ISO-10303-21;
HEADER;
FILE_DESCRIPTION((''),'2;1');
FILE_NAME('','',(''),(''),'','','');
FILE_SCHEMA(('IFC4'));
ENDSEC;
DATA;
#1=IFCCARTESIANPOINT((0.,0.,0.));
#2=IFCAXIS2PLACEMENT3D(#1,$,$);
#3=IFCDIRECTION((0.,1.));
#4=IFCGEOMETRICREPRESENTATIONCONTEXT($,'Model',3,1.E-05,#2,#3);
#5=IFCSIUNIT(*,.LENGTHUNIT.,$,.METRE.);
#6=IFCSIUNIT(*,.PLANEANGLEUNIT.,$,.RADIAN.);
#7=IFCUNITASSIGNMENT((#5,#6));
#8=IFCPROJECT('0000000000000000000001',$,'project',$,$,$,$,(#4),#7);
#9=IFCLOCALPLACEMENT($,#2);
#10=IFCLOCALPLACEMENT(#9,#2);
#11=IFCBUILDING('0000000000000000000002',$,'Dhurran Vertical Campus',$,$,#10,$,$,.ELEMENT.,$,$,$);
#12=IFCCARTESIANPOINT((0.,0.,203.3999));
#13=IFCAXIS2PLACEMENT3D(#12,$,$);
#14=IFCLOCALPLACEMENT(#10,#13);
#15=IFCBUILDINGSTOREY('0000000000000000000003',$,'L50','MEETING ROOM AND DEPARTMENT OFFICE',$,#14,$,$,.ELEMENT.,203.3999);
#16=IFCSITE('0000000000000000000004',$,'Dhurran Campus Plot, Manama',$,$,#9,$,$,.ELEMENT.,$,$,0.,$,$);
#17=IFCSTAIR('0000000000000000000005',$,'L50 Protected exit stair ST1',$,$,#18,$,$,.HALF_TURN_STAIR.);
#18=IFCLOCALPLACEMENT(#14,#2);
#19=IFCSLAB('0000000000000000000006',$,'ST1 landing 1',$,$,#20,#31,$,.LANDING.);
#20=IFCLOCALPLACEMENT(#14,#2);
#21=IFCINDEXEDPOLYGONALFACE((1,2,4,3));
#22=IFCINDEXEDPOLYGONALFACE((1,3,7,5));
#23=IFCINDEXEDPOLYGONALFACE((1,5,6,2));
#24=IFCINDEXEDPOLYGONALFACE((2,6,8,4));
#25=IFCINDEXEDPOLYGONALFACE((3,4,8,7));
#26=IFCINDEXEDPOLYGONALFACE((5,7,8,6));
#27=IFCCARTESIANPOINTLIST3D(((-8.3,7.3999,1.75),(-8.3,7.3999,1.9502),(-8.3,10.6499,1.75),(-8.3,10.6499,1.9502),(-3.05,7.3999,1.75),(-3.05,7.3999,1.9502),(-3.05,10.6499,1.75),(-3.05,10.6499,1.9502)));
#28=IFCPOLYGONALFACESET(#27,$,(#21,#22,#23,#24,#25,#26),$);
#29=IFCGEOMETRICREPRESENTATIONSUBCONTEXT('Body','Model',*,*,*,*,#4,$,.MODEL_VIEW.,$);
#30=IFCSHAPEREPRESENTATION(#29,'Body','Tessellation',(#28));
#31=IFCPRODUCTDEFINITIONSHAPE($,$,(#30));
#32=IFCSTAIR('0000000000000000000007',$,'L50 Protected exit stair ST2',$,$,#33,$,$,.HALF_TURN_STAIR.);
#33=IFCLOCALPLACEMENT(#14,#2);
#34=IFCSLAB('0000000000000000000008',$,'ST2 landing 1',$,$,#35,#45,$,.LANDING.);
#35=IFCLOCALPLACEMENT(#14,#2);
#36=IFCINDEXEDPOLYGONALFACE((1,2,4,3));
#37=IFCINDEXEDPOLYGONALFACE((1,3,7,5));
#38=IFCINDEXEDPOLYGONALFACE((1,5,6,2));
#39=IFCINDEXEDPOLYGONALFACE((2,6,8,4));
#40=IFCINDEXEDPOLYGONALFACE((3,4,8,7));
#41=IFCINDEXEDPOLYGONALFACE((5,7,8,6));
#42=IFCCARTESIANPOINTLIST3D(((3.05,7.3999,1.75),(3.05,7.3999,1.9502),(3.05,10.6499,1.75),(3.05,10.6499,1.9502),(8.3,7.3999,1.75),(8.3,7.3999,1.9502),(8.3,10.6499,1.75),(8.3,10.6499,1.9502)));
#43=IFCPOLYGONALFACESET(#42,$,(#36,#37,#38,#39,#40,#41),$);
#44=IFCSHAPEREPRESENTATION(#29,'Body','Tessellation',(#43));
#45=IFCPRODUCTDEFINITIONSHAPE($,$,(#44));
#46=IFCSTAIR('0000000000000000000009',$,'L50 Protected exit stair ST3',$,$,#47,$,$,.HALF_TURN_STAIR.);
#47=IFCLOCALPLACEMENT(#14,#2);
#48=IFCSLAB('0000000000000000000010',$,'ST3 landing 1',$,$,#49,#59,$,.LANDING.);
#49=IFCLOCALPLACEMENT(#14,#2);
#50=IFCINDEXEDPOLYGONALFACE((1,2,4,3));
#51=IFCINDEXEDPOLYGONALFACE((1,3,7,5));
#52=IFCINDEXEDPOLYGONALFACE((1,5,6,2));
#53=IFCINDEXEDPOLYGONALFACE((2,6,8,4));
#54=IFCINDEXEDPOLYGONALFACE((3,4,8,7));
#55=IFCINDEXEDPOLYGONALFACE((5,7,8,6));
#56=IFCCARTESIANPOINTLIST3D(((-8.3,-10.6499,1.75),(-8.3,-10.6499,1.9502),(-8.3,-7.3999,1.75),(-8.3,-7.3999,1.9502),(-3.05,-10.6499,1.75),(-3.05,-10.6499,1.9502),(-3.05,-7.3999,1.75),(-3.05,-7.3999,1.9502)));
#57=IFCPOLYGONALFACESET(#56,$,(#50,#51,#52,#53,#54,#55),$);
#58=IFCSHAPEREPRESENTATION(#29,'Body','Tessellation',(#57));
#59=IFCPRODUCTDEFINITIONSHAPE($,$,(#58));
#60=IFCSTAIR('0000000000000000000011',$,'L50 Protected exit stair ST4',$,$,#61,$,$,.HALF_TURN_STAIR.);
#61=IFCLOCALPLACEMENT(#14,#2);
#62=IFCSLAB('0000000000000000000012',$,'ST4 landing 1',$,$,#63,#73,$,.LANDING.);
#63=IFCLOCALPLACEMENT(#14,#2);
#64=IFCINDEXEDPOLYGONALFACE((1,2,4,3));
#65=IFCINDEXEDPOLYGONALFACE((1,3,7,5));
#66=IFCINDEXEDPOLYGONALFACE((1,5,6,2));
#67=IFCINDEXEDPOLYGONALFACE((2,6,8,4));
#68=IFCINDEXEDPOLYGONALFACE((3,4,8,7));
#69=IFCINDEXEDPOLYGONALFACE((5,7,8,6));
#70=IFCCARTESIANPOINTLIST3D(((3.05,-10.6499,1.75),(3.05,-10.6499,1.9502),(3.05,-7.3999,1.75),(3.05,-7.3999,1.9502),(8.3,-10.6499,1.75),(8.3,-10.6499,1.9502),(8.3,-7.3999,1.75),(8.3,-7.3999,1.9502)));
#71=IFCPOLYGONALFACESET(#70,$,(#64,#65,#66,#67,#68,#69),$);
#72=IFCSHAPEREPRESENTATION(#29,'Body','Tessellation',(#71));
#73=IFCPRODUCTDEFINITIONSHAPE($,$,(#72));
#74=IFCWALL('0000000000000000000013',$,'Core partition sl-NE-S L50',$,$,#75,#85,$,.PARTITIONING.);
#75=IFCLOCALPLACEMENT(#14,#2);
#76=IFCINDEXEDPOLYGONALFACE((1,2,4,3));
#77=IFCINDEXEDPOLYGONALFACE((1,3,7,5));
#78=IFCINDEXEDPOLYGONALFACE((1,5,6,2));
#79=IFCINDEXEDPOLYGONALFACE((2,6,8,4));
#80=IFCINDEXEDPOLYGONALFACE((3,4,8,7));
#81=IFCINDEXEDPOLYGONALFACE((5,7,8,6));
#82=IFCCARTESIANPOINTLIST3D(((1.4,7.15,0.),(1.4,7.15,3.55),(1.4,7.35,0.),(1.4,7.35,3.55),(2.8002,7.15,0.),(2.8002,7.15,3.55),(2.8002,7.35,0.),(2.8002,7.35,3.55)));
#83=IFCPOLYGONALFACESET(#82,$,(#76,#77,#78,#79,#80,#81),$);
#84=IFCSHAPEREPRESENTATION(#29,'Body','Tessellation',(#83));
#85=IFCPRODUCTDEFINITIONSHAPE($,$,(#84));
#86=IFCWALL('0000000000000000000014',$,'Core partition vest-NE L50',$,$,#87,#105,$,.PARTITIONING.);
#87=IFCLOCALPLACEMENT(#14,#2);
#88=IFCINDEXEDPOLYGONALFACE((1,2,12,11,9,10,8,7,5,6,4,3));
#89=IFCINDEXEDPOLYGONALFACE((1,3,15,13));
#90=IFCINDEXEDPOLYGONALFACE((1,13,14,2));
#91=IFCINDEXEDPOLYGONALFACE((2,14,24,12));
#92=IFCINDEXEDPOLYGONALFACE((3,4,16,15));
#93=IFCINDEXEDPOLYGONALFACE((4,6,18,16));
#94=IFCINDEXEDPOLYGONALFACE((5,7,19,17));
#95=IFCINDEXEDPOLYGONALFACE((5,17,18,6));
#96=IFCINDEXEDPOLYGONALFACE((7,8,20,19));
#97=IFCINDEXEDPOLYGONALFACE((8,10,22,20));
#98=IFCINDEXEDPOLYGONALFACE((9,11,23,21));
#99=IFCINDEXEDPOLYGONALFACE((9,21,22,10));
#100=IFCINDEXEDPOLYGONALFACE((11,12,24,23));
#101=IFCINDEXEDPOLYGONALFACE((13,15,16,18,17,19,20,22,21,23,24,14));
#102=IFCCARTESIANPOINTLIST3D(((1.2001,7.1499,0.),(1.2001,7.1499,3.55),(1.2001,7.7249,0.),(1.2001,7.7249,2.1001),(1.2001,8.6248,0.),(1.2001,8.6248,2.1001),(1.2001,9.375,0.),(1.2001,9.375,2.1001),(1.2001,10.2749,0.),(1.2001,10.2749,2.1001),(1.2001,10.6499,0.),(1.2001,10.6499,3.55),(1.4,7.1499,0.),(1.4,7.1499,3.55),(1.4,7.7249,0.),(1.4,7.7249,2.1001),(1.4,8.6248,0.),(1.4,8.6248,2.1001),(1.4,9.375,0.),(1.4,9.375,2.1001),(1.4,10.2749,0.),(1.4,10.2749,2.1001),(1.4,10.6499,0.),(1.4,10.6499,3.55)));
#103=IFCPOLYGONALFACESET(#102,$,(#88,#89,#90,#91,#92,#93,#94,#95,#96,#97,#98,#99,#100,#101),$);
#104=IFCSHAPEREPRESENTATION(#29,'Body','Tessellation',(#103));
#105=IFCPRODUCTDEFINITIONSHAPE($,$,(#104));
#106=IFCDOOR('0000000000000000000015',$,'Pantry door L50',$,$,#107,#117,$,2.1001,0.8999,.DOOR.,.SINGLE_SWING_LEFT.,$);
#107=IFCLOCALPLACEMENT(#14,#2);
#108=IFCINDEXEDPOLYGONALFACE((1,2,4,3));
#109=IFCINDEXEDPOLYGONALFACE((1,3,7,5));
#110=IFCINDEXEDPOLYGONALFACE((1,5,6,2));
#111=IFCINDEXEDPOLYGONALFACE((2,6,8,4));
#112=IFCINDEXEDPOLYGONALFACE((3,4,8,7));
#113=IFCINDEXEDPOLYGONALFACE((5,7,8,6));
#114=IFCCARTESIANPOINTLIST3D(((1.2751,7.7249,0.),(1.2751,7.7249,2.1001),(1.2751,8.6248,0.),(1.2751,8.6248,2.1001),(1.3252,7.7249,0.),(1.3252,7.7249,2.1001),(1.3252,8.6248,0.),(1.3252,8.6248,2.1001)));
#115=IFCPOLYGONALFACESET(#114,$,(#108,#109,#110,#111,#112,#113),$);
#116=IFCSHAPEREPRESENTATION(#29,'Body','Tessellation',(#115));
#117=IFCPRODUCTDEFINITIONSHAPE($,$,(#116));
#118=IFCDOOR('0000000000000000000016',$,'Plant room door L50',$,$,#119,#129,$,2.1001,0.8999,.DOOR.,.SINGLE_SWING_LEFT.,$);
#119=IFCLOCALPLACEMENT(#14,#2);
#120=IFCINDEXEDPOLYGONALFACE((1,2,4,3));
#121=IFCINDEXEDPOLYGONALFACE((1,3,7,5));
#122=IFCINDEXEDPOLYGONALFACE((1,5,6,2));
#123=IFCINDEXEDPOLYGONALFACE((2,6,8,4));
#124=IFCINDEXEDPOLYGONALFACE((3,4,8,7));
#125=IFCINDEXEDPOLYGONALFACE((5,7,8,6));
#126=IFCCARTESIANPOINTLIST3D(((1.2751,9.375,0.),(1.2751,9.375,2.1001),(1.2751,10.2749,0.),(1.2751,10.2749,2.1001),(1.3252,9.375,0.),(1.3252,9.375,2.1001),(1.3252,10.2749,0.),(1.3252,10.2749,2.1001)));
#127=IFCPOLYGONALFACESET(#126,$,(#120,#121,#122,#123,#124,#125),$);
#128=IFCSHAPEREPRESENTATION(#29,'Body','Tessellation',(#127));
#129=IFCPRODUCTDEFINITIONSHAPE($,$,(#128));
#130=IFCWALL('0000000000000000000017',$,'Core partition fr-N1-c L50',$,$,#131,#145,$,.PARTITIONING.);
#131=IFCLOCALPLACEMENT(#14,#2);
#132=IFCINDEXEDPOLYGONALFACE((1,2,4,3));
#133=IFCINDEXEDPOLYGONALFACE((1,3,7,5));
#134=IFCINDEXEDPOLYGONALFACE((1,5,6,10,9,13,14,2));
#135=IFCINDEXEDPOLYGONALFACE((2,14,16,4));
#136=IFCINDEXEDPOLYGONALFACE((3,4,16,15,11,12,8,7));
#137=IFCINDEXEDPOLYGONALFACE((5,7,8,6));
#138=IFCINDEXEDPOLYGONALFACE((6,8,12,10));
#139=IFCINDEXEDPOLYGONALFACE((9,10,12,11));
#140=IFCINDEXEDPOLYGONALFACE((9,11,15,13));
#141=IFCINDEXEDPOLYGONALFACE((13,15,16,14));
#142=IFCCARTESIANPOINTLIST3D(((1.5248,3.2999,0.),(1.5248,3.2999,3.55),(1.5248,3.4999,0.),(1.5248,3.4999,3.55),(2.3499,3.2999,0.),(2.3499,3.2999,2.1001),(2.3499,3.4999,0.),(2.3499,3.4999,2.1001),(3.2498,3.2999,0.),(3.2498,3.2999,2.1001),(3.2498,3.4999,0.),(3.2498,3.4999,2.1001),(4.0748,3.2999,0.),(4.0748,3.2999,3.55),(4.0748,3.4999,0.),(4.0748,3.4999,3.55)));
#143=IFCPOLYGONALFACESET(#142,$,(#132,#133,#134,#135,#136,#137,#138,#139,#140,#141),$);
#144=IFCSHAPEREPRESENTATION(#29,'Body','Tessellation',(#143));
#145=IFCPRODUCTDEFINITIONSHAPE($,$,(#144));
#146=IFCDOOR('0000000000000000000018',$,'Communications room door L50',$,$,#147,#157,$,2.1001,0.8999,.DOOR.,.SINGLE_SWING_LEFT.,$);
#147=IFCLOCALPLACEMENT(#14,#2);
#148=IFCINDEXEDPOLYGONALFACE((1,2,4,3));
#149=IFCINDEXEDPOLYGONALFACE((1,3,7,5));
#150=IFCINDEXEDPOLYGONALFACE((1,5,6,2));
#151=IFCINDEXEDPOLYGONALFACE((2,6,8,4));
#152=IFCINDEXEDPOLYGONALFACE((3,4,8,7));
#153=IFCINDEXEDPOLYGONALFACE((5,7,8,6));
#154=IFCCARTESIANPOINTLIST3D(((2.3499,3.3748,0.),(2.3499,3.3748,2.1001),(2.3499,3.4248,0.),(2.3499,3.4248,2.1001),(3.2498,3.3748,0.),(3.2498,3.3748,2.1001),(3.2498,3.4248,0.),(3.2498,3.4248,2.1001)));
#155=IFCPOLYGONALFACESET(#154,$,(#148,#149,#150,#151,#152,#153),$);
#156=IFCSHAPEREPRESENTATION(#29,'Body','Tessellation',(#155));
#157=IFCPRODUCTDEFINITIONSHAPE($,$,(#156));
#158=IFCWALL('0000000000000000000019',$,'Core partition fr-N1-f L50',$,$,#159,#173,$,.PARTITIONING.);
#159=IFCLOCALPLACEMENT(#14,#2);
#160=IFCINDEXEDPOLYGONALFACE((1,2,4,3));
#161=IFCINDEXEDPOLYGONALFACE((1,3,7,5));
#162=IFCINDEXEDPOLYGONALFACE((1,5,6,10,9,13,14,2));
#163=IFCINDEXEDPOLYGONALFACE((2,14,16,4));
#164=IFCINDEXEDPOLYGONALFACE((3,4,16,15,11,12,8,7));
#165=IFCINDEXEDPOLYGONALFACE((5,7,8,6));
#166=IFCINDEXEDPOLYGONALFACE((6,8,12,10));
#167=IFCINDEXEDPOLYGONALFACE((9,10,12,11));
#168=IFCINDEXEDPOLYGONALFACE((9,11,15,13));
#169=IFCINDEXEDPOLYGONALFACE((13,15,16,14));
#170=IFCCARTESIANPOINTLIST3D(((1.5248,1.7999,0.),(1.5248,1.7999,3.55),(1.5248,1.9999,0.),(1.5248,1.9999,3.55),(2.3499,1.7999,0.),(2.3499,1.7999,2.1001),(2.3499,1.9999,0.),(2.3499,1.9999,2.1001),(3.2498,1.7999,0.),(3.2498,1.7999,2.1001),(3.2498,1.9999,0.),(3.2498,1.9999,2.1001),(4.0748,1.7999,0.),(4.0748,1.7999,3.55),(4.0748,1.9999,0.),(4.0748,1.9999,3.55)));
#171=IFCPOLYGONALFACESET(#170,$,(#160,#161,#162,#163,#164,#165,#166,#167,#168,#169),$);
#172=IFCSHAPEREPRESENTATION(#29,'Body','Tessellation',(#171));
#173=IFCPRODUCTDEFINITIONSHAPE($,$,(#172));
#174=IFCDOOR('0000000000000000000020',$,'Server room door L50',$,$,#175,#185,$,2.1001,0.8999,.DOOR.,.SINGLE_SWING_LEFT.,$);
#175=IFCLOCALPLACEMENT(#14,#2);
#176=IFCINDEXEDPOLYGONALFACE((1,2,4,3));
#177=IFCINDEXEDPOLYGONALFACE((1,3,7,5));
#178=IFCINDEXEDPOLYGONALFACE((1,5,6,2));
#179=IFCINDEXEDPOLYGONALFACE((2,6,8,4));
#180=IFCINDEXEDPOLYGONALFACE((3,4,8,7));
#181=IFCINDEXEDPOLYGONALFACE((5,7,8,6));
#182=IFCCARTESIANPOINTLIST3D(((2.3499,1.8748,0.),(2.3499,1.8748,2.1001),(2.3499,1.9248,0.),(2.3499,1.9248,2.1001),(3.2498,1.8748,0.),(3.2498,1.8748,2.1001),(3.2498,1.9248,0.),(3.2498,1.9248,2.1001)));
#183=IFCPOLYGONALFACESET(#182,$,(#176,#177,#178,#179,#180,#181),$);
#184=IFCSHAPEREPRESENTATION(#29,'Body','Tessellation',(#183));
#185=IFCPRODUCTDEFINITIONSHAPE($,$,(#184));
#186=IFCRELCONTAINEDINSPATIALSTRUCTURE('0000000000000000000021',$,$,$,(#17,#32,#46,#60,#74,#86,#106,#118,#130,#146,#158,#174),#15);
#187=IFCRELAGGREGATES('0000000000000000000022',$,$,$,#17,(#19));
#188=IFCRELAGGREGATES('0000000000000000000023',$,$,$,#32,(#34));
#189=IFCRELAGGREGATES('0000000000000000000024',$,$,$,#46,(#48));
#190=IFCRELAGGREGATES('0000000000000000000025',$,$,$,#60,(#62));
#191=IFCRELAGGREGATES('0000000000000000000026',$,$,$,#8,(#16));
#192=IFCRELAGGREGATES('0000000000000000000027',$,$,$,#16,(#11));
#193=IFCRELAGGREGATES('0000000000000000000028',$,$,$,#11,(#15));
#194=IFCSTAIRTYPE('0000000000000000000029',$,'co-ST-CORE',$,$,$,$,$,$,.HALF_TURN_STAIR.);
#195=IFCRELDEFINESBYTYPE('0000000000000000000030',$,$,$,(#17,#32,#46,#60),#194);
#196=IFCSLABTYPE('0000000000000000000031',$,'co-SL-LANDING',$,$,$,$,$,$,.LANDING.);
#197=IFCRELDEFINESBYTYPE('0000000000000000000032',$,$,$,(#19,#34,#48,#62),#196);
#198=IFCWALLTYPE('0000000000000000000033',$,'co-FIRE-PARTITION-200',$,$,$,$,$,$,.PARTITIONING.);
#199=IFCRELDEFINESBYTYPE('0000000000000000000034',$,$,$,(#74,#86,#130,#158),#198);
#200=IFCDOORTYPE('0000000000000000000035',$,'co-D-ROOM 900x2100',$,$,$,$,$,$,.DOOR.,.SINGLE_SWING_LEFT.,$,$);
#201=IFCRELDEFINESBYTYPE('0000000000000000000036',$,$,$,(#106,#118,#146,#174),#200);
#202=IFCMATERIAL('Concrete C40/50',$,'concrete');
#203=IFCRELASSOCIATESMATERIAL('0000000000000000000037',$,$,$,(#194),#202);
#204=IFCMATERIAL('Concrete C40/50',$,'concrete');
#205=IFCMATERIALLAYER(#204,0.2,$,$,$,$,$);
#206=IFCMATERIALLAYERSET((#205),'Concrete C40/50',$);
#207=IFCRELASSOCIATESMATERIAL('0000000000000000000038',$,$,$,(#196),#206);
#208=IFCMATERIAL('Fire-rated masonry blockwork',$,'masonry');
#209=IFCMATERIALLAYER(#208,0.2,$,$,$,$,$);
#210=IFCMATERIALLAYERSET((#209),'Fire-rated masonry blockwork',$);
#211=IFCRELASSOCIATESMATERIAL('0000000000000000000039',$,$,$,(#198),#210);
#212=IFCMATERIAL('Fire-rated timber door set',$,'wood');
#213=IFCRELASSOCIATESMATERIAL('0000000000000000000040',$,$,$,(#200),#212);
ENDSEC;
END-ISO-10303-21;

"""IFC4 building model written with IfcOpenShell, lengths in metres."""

from ifc_helpers import new_model, si_unit, direction, frame, frame_2d, origin, place, context, subcontext, project, spatial, polyline, rectangle, outline, extrude, material, layer, layer_set, type_object, element, fill, aggregate, save


model = new_model("IFC4")

# Units and contexts
model_context = context("Model", 3, precision=1e-05, world=origin(), true_north=direction((0.0, 1.0)))
body_context = subcontext(model_context, "Body", "Model", "MODEL_VIEW")
ifc_project = project(units=[si_unit("LENGTHUNIT", "METRE"), si_unit("PLANEANGLEUNIT", "RADIAN")], contexts=[model_context])

# Site, building, storey
site_placement = place(None, origin())
site = spatial("IfcSite", under=ifc_project, at=site_placement, Name="Dhurran Campus Plot, Manama", CompositionType="ELEMENT", RefElevation=0.0)
building_placement = place(site_placement, origin())
building = spatial("IfcBuilding", under=site, at=building_placement, Name="Dhurran Vertical Campus", CompositionType="ELEMENT")
storey_placement = place(building_placement, frame((0.0, 0.0, 203.3999)))
storey = spatial("IfcBuildingStorey", under=building, at=storey_placement, Name="L50", Description="MEETING ROOM AND DEPARTMENT OFFICE", CompositionType="ELEMENT", Elevation=203.3999)

# Stairs, slabs
ifc_material_1 = material(Name="Concrete C40/50", Category="concrete")
stair_type = type_object("IfcStairType", Name="co-ST-CORE", PredefinedType="HALF_TURN_STAIR", material=ifc_material_1)
stair_1_placement = place(storey_placement, origin())
stair_1 = element("IfcStair", 1, at=stair_1_placement, inside=storey, type_object=stair_type, Name="L50 Protected exit stair ST1", PredefinedType="HALF_TURN_STAIR")
ifc_material_2 = material(Name="Concrete C40/50", Category="concrete")
ifc_layer_1 = layer(ifc_material_2, 0.2)
ifc_layer_set_1 = layer_set([ifc_layer_1], Name="Concrete C40/50")
slab_type = type_object("IfcSlabType", Name="co-SL-LANDING", PredefinedType="LANDING", material=ifc_layer_set_1)
slab_1_placement = place(storey_placement, frame((0.0, 0.0, 1.75)))
slab_1 = element("IfcSlab", 2, at=slab_1_placement, type_object=slab_type, Name="ST1 landing 1", PredefinedType="LANDING", context=body_context, shape_type="SweptSolid", body=[
    extrude(outline(polyline([(-8.3, 7.3999), (-3.05, 7.3999), (-3.05, 10.6499), (-8.3, 10.6499), (-8.3, 7.3999)])), origin(), (0.0, 0.0, 1.0), 0.2002),
])
aggregate(stair_1, [slab_1])
stair_2_placement = place(storey_placement, origin())
stair_2 = element("IfcStair", 3, at=stair_2_placement, inside=storey, type_object=stair_type, Name="L50 Protected exit stair ST2", PredefinedType="HALF_TURN_STAIR")
slab_2_placement = place(storey_placement, frame((0.0, 0.0, 1.75)))
slab_2 = element("IfcSlab", 4, at=slab_2_placement, type_object=slab_type, Name="ST2 landing 1", PredefinedType="LANDING", context=body_context, shape_type="SweptSolid", body=[
    extrude(outline(polyline([(8.3, 10.6499), (3.05, 10.6499), (3.05, 7.3999), (8.3, 7.3999), (8.3, 10.6499)])), origin(), (0.0, 0.0, 1.0), 0.2002),
])
aggregate(stair_2, [slab_2])
stair_3_placement = place(storey_placement, origin())
stair_3 = element("IfcStair", 5, at=stair_3_placement, inside=storey, type_object=stair_type, Name="L50 Protected exit stair ST3", PredefinedType="HALF_TURN_STAIR")
slab_3_placement = place(storey_placement, frame((0.0, 0.0, 1.75)))
slab_3 = element("IfcSlab", 6, at=slab_3_placement, type_object=slab_type, Name="ST3 landing 1", PredefinedType="LANDING", context=body_context, shape_type="SweptSolid", body=[
    extrude(outline(polyline([(-8.3, -10.6499), (-3.05, -10.6499), (-3.05, -7.3999), (-8.3, -7.3999), (-8.3, -10.6499)])), origin(), (0.0, 0.0, 1.0), 0.2002),
])
aggregate(stair_3, [slab_3])
stair_4_placement = place(storey_placement, origin())
stair_4 = element("IfcStair", 7, at=stair_4_placement, inside=storey, type_object=stair_type, Name="L50 Protected exit stair ST4", PredefinedType="HALF_TURN_STAIR")
slab_4_placement = place(storey_placement, frame((0.0, 0.0, 1.75)))
slab_4 = element("IfcSlab", 8, at=slab_4_placement, type_object=slab_type, Name="ST4 landing 1", PredefinedType="LANDING", context=body_context, shape_type="SweptSolid", body=[
    extrude(outline(polyline([(8.3, -7.3999), (3.05, -7.3999), (3.05, -10.6499), (8.3, -10.6499), (8.3, -7.3999)])), origin(), (0.0, 0.0, 1.0), 0.2002),
])
aggregate(stair_4, [slab_4])

# Wall
ifc_material_3 = material(Name="Fire-rated masonry blockwork", Category="masonry")
ifc_layer_2 = layer(ifc_material_3, 0.2)
ifc_layer_set_2 = layer_set([ifc_layer_2], Name="Fire-rated masonry blockwork")
wall_type_1 = type_object("IfcWallType", Name="co-FIRE-PARTITION-200", PredefinedType="PARTITIONING", material=ifc_layer_set_2)
wall_1_placement = place(storey_placement, frame((1.3999, 7.25, 0.0), z_axis=(0.0, 0.0, 1.0), x_axis=(1.0, 0.0, 0.0)))
element("IfcWall", 9, at=wall_1_placement, inside=storey, type_object=wall_type_1, Name="Core partition sl-NE-S L50", PredefinedType="PARTITIONING", context=body_context, shape_type="SweptSolid", body=[
    extrude(rectangle(XDim=1.4001, YDim=0.2, at=frame_2d((0.7002, 0.0))), origin(), (0.0, 0.0, 1.0), 3.55),
])

# Wall, openings, doors
wall_2_placement = place(storey_placement, frame((1.3, 7.1499, 0.0), z_axis=(0.0, 0.0, 1.0), x_axis=(0.0, 1.0, 0.0)))
wall_2 = element("IfcWall", 10, at=wall_2_placement, inside=storey, type_object=wall_type_1, Name="Core partition vest-NE L50", PredefinedType="PARTITIONING", context=body_context, shape_type="SweptSolid", body=[
    extrude(rectangle(XDim=3.5, YDim=0.2, at=frame_2d((1.75, 0.0))), origin(), (0.0, 0.0, 1.0), 3.55),
])
opening_1_placement = place(wall_2_placement, frame((0.575, 0.0, 0.0)))
opening_1 = element("IfcOpeningElement", 11, at=opening_1_placement, cuts=wall_2, PredefinedType="OPENING", context=body_context, shape_type="SweptSolid", body=[
    extrude(rectangle(XDim=0.8999, YDim=2.1001, at=frame_2d((0.45, 1.05))), frame((0.0, 0.1099, 0.0), z_axis=(0.0, -1.0, 0.0), x_axis=(1.0, 0.0, 0.0)), (0.0, 0.0, 1.0), 0.22),
])
opening_2_placement = place(wall_2_placement, frame((2.2251, 0.0, 0.0)))
opening_2 = element("IfcOpeningElement", 12, at=opening_2_placement, cuts=wall_2, PredefinedType="OPENING", context=body_context, shape_type="SweptSolid", body=[
    extrude(rectangle(XDim=0.8999, YDim=2.1001, at=frame_2d((0.45, 1.05))), frame((0.0, 0.1099, 0.0), z_axis=(0.0, -1.0, 0.0), x_axis=(1.0, 0.0, 0.0)), (0.0, 0.0, 1.0), 0.22),
])
ifc_material_4 = material(Name="Fire-rated timber door set", Category="wood")
door_type_1 = type_object("IfcDoorType", Name="co-D-ROOM 900x2100", OperationType="SINGLE_SWING_LEFT", PredefinedType="DOOR", material=ifc_material_4)
door_1_placement = place(opening_1_placement, origin())
door_1 = element("IfcDoor", 13, at=door_1_placement, inside=storey, type_object=door_type_1, Name="Pantry door L50", OperationType="SINGLE_SWING_LEFT", OverallHeight=2.1001, OverallWidth=0.8999, PredefinedType="DOOR", context=body_context, shape_type="SweptSolid", body=[
    extrude(rectangle(XDim=0.8999, YDim=2.1001, at=frame_2d((0.45, 1.05))), frame((0.0, 0.0249, 0.0), z_axis=(0.0, -1.0, 0.0), x_axis=(1.0, 0.0, 0.0)), (0.0, 0.0, 1.0), 0.05),
])
fill(opening_1, door_1)
door_2_placement = place(opening_2_placement, origin())
door_2 = element("IfcDoor", 14, at=door_2_placement, inside=storey, type_object=door_type_1, Name="Plant room door L50", OperationType="SINGLE_SWING_LEFT", OverallHeight=2.1001, OverallWidth=0.8999, PredefinedType="DOOR", context=body_context, shape_type="SweptSolid", body=[
    extrude(rectangle(XDim=0.8999, YDim=2.1001, at=frame_2d((0.45, 1.05))), frame((0.0, 0.0249, 0.0), z_axis=(0.0, -1.0, 0.0), x_axis=(1.0, 0.0, 0.0)), (0.0, 0.0, 1.0), 0.05),
])
fill(opening_2, door_2)

# Walls, openings, doors
wall_3_placement = place(storey_placement, frame((1.5249, 3.3999, 0.0), z_axis=(0.0, 0.0, 1.0), x_axis=(1.0, 0.0, 0.0)))
wall_3 = element("IfcWall", 15, at=wall_3_placement, inside=storey, type_object=wall_type_1, Name="Core partition fr-N1-c L50", PredefinedType="PARTITIONING", context=body_context, shape_type="SweptSolid", body=[
    extrude(rectangle(XDim=2.55, YDim=0.2, at=frame_2d((1.2749, 0.0))), origin(), (0.0, 0.0, 1.0), 3.55),
])
opening_3_placement = place(wall_3_placement, frame((0.825, 0.0, 0.0)))
opening_3 = element("IfcOpeningElement", 16, at=opening_3_placement, cuts=wall_3, PredefinedType="OPENING", context=body_context, shape_type="SweptSolid", body=[
    extrude(rectangle(XDim=0.8999, YDim=2.1001, at=frame_2d((0.45, 1.05))), frame((0.0, 0.1099, 0.0), z_axis=(0.0, -1.0, 0.0), x_axis=(1.0, 0.0, 0.0)), (0.0, 0.0, 1.0), 0.22),
])
door_3_placement = place(opening_3_placement, origin())
door_3 = element("IfcDoor", 17, at=door_3_placement, inside=storey, type_object=door_type_1, Name="Communications room door L50", OperationType="SINGLE_SWING_LEFT", OverallHeight=2.1001, OverallWidth=0.8999, PredefinedType="DOOR", context=body_context, shape_type="SweptSolid", body=[
    extrude(rectangle(XDim=0.8999, YDim=2.1001, at=frame_2d((0.45, 1.05))), frame((0.0, 0.0249, 0.0), z_axis=(0.0, -1.0, 0.0), x_axis=(1.0, 0.0, 0.0)), (0.0, 0.0, 1.0), 0.05),
])
fill(opening_3, door_3)
wall_4_placement = place(storey_placement, frame((1.5249, 1.8999, 0.0), z_axis=(0.0, 0.0, 1.0), x_axis=(1.0, 0.0, 0.0)))
wall_4 = element("IfcWall", 18, at=wall_4_placement, inside=storey, type_object=wall_type_1, Name="Core partition fr-N1-f L50", PredefinedType="PARTITIONING", context=body_context, shape_type="SweptSolid", body=[
    extrude(rectangle(XDim=2.55, YDim=0.2, at=frame_2d((1.2749, 0.0))), origin(), (0.0, 0.0, 1.0), 3.55),
])
opening_4_placement = place(wall_4_placement, frame((0.825, 0.0, 0.0)))
opening_4 = element("IfcOpeningElement", 19, at=opening_4_placement, cuts=wall_4, PredefinedType="OPENING", context=body_context, shape_type="SweptSolid", body=[
    extrude(rectangle(XDim=0.8999, YDim=2.1001, at=frame_2d((0.45, 1.05))), frame((0.0, 0.1099, 0.0), z_axis=(0.0, -1.0, 0.0), x_axis=(1.0, 0.0, 0.0)), (0.0, 0.0, 1.0), 0.22),
])
door_4_placement = place(opening_4_placement, origin())
door_4 = element("IfcDoor", 20, at=door_4_placement, inside=storey, type_object=door_type_1, Name="Server room door L50", OperationType="SINGLE_SWING_LEFT", OverallHeight=2.1001, OverallWidth=0.8999, PredefinedType="DOOR", context=body_context, shape_type="SweptSolid", body=[
    extrude(rectangle(XDim=0.8999, YDim=2.1001, at=frame_2d((0.45, 1.05))), frame((0.0, 0.0249, 0.0), z_axis=(0.0, -1.0, 0.0), x_axis=(1.0, 0.0, 0.0)), (0.0, 0.0, 1.0), 0.05),
])
fill(opening_4, door_4)

save(model, "model.ifc")
